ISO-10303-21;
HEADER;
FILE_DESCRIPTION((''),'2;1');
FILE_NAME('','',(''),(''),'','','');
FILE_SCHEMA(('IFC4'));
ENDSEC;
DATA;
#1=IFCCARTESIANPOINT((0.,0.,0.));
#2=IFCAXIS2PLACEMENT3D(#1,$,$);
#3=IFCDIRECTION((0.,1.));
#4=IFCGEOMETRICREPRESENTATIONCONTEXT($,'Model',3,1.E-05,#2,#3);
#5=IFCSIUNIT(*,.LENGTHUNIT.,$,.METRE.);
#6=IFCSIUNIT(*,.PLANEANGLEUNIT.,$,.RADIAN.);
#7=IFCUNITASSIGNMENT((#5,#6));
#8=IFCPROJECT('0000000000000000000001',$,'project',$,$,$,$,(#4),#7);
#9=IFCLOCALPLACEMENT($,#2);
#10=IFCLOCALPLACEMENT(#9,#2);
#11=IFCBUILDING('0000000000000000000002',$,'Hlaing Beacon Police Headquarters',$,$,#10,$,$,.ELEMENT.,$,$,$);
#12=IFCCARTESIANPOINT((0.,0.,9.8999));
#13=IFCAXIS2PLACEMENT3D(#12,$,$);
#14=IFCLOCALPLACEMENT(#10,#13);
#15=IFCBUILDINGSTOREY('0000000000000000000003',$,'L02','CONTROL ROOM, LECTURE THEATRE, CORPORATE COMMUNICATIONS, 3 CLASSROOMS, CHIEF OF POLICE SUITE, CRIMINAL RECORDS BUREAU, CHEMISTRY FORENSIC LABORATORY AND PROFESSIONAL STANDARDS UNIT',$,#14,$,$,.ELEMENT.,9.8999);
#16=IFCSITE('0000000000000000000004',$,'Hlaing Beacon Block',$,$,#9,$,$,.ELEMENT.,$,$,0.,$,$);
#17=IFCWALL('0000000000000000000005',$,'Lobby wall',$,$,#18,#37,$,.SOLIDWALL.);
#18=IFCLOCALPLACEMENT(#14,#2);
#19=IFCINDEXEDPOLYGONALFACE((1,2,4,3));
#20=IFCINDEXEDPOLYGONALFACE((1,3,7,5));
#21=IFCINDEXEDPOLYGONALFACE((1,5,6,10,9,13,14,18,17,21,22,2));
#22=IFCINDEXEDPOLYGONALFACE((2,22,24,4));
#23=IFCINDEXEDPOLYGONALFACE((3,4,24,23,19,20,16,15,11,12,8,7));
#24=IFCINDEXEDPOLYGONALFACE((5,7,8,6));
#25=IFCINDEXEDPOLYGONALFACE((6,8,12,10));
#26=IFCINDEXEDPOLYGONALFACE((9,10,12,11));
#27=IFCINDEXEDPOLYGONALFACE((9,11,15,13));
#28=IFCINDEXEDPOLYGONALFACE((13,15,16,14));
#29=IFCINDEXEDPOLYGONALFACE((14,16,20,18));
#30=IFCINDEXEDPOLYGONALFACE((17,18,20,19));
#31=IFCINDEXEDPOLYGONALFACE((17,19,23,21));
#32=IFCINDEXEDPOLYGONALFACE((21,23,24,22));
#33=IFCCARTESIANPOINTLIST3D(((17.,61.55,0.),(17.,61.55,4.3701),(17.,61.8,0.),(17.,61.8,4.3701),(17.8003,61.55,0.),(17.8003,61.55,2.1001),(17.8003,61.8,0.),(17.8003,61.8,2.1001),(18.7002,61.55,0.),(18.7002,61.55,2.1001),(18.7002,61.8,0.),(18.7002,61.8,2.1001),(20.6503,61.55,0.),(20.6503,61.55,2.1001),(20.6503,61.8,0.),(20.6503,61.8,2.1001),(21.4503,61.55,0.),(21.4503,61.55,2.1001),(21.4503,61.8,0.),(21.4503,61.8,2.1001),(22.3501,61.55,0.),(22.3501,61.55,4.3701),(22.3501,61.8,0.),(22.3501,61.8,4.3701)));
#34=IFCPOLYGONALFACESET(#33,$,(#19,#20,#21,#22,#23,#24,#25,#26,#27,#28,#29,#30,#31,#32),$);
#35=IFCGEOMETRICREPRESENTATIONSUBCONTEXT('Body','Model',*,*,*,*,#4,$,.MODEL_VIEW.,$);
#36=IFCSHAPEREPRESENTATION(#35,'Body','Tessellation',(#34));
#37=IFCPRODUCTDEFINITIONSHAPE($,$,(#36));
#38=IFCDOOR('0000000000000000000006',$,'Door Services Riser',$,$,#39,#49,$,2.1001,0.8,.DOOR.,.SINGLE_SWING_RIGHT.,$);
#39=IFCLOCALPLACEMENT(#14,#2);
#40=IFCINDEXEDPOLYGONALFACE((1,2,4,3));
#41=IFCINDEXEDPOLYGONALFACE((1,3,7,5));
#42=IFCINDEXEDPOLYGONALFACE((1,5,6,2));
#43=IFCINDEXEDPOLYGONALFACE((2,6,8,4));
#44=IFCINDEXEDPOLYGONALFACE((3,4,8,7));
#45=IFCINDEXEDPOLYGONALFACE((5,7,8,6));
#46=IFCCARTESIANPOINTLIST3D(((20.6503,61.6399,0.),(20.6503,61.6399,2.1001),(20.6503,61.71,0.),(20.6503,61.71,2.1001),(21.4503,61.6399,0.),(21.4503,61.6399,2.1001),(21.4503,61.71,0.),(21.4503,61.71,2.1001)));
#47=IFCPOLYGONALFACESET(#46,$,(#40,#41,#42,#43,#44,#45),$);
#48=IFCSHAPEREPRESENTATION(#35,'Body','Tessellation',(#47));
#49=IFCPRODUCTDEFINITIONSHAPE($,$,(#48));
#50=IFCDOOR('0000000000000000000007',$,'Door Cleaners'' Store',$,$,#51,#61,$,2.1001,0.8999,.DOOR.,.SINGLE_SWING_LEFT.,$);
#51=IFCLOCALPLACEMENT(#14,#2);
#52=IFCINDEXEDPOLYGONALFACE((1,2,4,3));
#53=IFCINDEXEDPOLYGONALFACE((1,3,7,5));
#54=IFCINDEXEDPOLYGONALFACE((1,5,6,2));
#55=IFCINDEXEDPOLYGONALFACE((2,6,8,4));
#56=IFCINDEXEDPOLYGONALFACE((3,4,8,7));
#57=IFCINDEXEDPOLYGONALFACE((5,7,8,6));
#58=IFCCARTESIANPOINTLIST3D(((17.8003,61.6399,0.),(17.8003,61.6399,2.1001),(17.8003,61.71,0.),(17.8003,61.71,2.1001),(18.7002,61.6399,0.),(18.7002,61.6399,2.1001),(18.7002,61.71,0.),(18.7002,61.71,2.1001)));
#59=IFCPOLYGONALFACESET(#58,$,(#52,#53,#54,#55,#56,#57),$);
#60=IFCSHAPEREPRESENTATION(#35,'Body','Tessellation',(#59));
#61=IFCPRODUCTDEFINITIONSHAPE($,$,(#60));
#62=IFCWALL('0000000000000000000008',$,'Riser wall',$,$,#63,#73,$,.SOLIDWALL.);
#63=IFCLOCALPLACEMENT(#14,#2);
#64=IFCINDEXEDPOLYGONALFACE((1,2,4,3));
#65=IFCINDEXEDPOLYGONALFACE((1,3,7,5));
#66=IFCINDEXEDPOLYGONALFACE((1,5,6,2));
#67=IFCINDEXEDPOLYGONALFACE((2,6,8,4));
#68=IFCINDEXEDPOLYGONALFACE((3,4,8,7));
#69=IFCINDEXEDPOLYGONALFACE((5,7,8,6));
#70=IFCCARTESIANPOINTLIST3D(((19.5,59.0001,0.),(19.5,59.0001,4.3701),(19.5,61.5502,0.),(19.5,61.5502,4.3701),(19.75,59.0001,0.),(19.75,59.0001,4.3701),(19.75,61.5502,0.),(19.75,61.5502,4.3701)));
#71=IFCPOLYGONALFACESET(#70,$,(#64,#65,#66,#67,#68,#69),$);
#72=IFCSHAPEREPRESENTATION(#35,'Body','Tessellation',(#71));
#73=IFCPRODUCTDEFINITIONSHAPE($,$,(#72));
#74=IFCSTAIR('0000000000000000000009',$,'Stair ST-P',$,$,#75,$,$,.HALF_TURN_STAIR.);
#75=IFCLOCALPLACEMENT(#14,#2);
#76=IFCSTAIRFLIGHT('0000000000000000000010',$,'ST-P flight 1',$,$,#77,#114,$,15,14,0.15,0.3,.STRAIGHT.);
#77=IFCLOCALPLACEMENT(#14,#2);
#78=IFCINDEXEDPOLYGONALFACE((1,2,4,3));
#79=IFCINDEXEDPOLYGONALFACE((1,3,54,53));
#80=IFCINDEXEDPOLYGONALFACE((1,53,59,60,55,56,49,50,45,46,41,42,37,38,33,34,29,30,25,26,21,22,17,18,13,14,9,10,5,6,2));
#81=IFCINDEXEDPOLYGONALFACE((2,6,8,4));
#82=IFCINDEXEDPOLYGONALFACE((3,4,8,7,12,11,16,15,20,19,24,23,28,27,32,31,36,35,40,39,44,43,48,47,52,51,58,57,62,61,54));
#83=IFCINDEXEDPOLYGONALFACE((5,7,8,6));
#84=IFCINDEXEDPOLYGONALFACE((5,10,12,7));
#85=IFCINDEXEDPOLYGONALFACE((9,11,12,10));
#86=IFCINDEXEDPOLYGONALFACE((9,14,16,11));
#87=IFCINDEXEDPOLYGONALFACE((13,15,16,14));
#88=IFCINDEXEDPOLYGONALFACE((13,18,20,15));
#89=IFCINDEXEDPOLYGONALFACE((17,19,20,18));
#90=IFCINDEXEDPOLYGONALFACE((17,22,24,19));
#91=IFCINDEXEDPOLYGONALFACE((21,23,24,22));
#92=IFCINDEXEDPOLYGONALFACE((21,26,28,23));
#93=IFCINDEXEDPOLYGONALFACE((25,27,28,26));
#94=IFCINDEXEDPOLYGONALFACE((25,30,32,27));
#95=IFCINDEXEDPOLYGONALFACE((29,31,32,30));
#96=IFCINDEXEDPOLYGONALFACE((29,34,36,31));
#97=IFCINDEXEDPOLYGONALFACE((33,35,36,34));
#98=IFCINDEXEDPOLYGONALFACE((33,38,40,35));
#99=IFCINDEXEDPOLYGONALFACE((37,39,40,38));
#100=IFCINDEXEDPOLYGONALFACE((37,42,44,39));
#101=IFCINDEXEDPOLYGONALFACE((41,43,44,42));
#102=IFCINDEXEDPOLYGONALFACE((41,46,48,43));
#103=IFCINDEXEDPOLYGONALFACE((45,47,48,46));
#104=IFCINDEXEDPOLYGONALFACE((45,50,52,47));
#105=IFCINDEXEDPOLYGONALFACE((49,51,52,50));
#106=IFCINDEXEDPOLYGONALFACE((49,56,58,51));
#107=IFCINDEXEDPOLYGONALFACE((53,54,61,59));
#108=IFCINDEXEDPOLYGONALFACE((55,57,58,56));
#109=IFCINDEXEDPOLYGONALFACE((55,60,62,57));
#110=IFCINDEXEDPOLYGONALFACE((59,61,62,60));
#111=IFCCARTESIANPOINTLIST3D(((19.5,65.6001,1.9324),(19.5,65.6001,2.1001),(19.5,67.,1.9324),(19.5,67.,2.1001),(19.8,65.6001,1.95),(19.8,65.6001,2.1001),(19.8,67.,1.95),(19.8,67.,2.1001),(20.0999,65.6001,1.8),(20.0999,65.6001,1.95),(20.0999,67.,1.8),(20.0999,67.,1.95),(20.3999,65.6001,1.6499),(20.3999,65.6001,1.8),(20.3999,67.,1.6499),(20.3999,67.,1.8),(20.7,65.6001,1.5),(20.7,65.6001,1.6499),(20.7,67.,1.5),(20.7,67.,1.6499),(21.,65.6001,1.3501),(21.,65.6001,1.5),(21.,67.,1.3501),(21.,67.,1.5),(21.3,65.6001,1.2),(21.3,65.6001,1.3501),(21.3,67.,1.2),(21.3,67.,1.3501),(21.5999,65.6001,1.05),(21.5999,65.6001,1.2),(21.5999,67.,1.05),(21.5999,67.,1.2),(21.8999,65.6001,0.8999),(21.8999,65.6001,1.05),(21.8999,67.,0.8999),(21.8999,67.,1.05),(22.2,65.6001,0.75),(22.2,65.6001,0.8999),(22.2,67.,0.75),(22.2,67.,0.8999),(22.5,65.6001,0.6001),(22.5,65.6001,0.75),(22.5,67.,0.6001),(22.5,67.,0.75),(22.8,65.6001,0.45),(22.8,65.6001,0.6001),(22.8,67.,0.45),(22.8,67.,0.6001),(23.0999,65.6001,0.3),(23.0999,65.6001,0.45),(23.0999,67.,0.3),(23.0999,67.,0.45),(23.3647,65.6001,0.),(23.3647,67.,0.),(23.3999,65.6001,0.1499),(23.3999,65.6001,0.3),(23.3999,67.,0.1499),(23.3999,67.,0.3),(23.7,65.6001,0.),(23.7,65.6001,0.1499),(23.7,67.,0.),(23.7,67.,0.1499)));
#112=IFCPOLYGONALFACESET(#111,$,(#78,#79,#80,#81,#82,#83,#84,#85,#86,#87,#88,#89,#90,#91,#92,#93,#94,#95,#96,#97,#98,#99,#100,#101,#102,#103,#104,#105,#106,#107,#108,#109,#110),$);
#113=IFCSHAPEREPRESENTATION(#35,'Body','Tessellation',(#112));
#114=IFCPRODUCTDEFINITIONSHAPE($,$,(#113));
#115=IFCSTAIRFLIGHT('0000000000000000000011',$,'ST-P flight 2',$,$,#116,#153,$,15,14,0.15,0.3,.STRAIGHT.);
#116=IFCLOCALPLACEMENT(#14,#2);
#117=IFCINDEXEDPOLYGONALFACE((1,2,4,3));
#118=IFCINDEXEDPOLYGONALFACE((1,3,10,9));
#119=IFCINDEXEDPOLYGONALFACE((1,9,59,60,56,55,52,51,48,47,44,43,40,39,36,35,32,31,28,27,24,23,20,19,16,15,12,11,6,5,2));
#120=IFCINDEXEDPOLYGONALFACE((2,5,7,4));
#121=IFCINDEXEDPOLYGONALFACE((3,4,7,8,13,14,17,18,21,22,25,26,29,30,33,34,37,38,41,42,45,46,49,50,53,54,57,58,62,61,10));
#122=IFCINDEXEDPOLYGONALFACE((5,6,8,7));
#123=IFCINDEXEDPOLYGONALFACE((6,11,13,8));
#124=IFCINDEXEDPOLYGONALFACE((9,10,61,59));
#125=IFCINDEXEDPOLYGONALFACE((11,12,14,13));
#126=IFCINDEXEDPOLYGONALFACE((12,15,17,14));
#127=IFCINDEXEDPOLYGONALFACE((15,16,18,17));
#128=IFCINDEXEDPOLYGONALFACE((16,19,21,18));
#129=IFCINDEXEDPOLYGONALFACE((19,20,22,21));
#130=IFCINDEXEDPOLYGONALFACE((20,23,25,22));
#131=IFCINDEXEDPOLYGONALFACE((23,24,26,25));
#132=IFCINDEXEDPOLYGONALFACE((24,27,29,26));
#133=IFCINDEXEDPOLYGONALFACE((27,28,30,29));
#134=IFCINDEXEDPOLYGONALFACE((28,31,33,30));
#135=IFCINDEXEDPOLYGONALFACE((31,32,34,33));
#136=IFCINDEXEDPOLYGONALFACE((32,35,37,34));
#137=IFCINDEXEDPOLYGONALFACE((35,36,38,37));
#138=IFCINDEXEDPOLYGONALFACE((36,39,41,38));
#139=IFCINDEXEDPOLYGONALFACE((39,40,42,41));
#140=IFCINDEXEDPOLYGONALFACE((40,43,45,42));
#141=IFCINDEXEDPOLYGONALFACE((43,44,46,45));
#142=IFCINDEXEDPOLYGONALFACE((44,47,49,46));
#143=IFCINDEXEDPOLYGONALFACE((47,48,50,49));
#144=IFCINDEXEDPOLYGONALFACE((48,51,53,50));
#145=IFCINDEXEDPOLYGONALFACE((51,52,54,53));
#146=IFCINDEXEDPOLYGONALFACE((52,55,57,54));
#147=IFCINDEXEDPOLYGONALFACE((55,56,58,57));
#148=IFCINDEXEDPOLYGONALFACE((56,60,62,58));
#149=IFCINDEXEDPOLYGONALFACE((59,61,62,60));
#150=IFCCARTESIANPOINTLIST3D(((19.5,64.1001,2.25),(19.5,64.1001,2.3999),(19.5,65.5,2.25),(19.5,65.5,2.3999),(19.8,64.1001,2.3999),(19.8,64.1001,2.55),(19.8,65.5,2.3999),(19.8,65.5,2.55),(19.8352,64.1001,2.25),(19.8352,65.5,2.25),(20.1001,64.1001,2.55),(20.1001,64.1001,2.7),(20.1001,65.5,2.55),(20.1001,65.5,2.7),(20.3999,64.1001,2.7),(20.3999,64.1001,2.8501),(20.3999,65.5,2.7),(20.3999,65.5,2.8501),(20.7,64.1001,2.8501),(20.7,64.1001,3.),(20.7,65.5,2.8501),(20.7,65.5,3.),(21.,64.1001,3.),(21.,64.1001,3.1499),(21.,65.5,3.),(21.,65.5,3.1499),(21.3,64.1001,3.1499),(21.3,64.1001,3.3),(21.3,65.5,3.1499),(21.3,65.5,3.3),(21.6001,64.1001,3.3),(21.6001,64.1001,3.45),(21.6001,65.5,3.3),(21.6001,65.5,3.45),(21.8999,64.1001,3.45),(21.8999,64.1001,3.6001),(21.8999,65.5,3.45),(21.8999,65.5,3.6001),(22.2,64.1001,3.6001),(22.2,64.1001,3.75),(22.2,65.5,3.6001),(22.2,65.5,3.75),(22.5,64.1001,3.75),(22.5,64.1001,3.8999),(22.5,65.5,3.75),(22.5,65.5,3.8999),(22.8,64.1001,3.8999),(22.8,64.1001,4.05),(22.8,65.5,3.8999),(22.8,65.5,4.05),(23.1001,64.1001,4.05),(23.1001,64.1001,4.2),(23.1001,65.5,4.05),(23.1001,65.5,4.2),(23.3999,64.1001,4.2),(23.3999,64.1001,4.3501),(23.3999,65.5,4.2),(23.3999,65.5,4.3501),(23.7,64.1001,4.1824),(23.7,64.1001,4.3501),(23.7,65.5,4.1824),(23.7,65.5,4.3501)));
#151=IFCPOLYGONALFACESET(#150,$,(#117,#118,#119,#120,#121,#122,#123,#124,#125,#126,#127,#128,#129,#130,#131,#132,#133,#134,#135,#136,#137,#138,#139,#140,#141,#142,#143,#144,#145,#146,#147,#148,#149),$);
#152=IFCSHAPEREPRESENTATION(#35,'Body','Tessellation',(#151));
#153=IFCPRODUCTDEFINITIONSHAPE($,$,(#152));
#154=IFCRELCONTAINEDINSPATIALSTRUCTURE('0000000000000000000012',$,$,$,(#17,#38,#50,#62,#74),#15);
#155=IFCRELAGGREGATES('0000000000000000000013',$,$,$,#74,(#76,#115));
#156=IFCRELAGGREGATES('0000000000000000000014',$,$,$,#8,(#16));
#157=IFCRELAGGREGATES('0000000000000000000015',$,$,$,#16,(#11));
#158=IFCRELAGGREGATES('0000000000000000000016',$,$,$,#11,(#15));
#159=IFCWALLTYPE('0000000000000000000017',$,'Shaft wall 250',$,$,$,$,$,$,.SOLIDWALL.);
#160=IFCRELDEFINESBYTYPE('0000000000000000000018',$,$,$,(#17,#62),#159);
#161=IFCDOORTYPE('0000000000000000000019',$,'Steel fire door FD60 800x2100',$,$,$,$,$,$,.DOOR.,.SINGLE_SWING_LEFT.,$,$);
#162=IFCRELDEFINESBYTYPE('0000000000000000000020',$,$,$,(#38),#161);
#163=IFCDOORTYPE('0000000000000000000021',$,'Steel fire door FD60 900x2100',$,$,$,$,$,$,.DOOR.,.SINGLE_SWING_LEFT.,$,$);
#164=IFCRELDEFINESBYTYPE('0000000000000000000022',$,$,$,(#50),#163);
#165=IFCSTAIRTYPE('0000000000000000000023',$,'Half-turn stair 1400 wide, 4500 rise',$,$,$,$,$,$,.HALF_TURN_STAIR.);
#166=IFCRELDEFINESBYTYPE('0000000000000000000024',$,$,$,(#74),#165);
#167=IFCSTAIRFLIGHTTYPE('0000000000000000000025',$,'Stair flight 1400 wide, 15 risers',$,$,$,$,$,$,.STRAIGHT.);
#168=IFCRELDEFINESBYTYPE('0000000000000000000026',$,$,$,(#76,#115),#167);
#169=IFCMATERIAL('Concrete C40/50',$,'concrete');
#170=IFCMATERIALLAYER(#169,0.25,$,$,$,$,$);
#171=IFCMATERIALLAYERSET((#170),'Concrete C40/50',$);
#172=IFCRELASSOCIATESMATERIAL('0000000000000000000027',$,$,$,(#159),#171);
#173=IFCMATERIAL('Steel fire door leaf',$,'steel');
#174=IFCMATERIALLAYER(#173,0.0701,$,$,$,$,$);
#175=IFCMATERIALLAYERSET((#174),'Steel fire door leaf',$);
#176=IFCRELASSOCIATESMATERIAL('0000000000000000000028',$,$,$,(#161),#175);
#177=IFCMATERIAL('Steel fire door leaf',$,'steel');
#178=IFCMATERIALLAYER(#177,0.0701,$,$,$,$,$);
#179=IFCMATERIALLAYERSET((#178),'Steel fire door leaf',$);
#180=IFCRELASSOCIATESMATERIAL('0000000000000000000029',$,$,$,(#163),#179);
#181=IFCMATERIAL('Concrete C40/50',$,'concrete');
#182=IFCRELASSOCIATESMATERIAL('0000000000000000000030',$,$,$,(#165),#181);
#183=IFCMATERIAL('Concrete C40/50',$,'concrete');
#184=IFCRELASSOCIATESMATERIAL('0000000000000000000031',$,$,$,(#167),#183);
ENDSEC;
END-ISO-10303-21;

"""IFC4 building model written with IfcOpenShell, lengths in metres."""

from ifc_helpers import new_model, si_unit, direction, frame, frame_2d, origin, place, context, subcontext, project, spatial, polyline, rectangle, outline, extrude, material, layer, layer_set, type_object, element, fill, aggregate, save


model = new_model("IFC4")

# Units and contexts
model_context = context("Model", 3, precision=1e-05, world=origin(), true_north=direction((0.0, 1.0)))
body_context = subcontext(model_context, "Body", "Model", "MODEL_VIEW")
ifc_project = project(units=[si_unit("LENGTHUNIT", "METRE"), si_unit("PLANEANGLEUNIT", "RADIAN")], contexts=[model_context])

# Site, building, storey
site_placement = place(None, origin())
site = spatial("IfcSite", under=ifc_project, at=site_placement, Name="Hlaing Beacon Block", CompositionType="ELEMENT", RefElevation=0.0)
building_placement = place(site_placement, origin())
building = spatial("IfcBuilding", under=site, at=building_placement, Name="Hlaing Beacon Police Headquarters", CompositionType="ELEMENT")
storey_placement = place(building_placement, frame((0.0, 0.0, 9.8999)))
storey = spatial("IfcBuildingStorey", under=building, at=storey_placement, Name="L02", Description="CONTROL ROOM, LECTURE THEATRE, CORPORATE COMMUNICATIONS, 3 CLASSROOMS, CHIEF OF POLICE SUITE, CRIMINAL RECORDS BUREAU, CHEMISTRY FORENSIC LABORATORY AND PROFESSIONAL STANDARDS UNIT", CompositionType="ELEMENT", Elevation=9.8999)

# Shared definitions
ifc_material_1 = material(Name="Concrete C40/50", Category="concrete")
ifc_layer_1 = layer(ifc_material_1, 0.25)
ifc_layer_set_1 = layer_set([ifc_layer_1], Name="Concrete C40/50")
wall_type_1 = type_object("IfcWallType", Name="Shaft wall 250", PredefinedType="SOLIDWALL", material=ifc_layer_set_1)

# Wall, openings, doors
wall_1_placement = place(storey_placement, frame((22.3501, 61.675, 0.0), z_axis=(0.0, 0.0, 1.0), x_axis=(-1.0, 0.0, 0.0)))
wall_1 = element("IfcWall", 1, at=wall_1_placement, inside=storey, type_object=wall_type_1, Name="Lobby wall", PredefinedType="SOLIDWALL", context=body_context, shape_type="SweptSolid", body=[
    extrude(rectangle(XDim=5.3501, YDim=0.25, at=frame_2d((2.675, 0.0))), origin(), (0.0, 0.0, 1.0), 4.3701),
])
opening_1_placement = place(wall_1_placement, frame((3.6499, 0.0, 0.0)))
opening_1 = element("IfcOpeningElement", 2, at=opening_1_placement, cuts=wall_1, PredefinedType="OPENING", context=body_context, shape_type="SweptSolid", body=[
    extrude(rectangle(XDim=0.8999, YDim=2.1001, at=frame_2d((0.45, 1.05))), frame((0.0, 0.135, 0.0), z_axis=(0.0, -1.0, 0.0), x_axis=(1.0, 0.0, 0.0)), (0.0, 0.0, 1.0), 0.27),
])
opening_2_placement = place(wall_1_placement, frame((0.8999, 0.0, 0.0)))
opening_2 = element("IfcOpeningElement", 3, at=opening_2_placement, cuts=wall_1, PredefinedType="OPENING", context=body_context, shape_type="SweptSolid", body=[
    extrude(rectangle(XDim=0.8, YDim=2.1001, at=frame_2d((0.3999, 1.05))), frame((0.0, 0.135, 0.0), z_axis=(0.0, -1.0, 0.0), x_axis=(1.0, 0.0, 0.0)), (0.0, 0.0, 1.0), 0.27),
])
ifc_material_2 = material(Name="Steel fire door leaf", Category="steel")
ifc_layer_2 = layer(ifc_material_2, 0.0701)
ifc_layer_set_2 = layer_set([ifc_layer_2], Name="Steel fire door leaf")
door_type_1 = type_object("IfcDoorType", Name="Steel fire door FD60 800x2100", OperationType="SINGLE_SWING_LEFT", PredefinedType="DOOR", material=ifc_layer_set_2)
door_1_placement = place(opening_2_placement, origin())
door_1 = element("IfcDoor", 4, at=door_1_placement, inside=storey, type_object=door_type_1, Name="Door Services Riser", OperationType="SINGLE_SWING_RIGHT", OverallHeight=2.1001, OverallWidth=0.8, PredefinedType="DOOR", context=body_context, shape_type="SweptSolid", body=[
    extrude(rectangle(XDim=0.8, YDim=2.1001, at=frame_2d((0.3999, 1.05))), frame((0.0, 0.0352, 0.0), z_axis=(0.0, -1.0, 0.0), x_axis=(1.0, 0.0, 0.0)), (0.0, 0.0, 1.0), 0.0701),
])
fill(opening_2, door_1)
ifc_material_3 = material(Name="Steel fire door leaf", Category="steel")
ifc_layer_3 = layer(ifc_material_3, 0.0701)
ifc_layer_set_3 = layer_set([ifc_layer_3], Name="Steel fire door leaf")
door_type_2 = type_object("IfcDoorType", Name="Steel fire door FD60 900x2100", OperationType="SINGLE_SWING_LEFT", PredefinedType="DOOR", material=ifc_layer_set_3)
door_2_placement = place(opening_1_placement, origin())
door_2 = element("IfcDoor", 5, at=door_2_placement, inside=storey, type_object=door_type_2, Name="Door Cleaners' Store", OperationType="SINGLE_SWING_LEFT", OverallHeight=2.1001, OverallWidth=0.8999, PredefinedType="DOOR", context=body_context, shape_type="SweptSolid", body=[
    extrude(rectangle(XDim=0.8999, YDim=2.1001, at=frame_2d((0.45, 1.05))), frame((0.0, 0.0352, 0.0), z_axis=(0.0, -1.0, 0.0), x_axis=(1.0, 0.0, 0.0)), (0.0, 0.0, 1.0), 0.0701),
])
fill(opening_1, door_2)

# Wall
wall_2_placement = place(storey_placement, frame((19.625, 61.55, 0.0), z_axis=(0.0, 0.0, 1.0), x_axis=(0.0, -1.0, 0.0)))
element("IfcWall", 6, at=wall_2_placement, inside=storey, type_object=wall_type_1, Name="Riser wall", PredefinedType="SOLIDWALL", context=body_context, shape_type="SweptSolid", body=[
    extrude(rectangle(XDim=2.55, YDim=0.25, at=frame_2d((1.2749, 0.0))), origin(), (0.0, 0.0, 1.0), 4.3701),
])

# Stair, stair flights
ifc_material_4 = material(Name="Concrete C40/50", Category="concrete")
stair_type = type_object("IfcStairType", Name="Half-turn stair 1400 wide, 4500 rise", PredefinedType="HALF_TURN_STAIR", material=ifc_material_4)
stair_placement = place(storey_placement, origin())
stair = element("IfcStair", 7, at=stair_placement, inside=storey, type_object=stair_type, Name="Stair ST-P", PredefinedType="HALF_TURN_STAIR")
ifc_material_5 = material(Name="Concrete C40/50", Category="concrete")
stair_flight_type = type_object("IfcStairFlightType", Name="Stair flight 1400 wide, 15 risers", PredefinedType="STRAIGHT", material=ifc_material_5)
stair_flight_1_placement = place(storey_placement, frame((23.7, 66.3, 0.0), z_axis=(0.0, 0.0, 1.0), x_axis=(-1.0, 0.0, 0.0)))
stair_flight_1 = element("IfcStairFlight", 8, at=stair_flight_1_placement, type_object=stair_flight_type, Name="ST-P flight 1", NumberOfRisers=15, NumberOfTreads=14, PredefinedType="STRAIGHT", RiserHeight=0.15, TreadLength=0.3, context=body_context, shape_type="SweptSolid", body=[
    extrude(outline(polyline([(0.0, 0.0), (0.0, 0.1499), (0.3, 0.1499), (0.3, 0.3), (0.6001, 0.3), (0.6001, 0.45), (0.8999, 0.45), (0.8999, 0.6001), (1.2, 0.6001), (1.2, 0.75), (1.5, 0.75), (1.5, 0.8999), (1.8, 0.8999), (1.8, 1.05), (2.1001, 1.05), (2.1001, 1.2), (2.3999, 1.2), (2.3999, 1.3501), (2.7, 1.3501), (2.7, 1.5), (3.0, 1.5), (3.0, 1.6499), (3.3, 1.6499), (3.3, 1.8), (3.6001, 1.8), (3.6001, 1.95), (3.8999, 1.95), (3.8999, 2.1001), (4.2, 2.1001), (4.2, 2.25), (4.2, 1.9324), (0.3352, 0.0), (0.0, 0.0)])), frame((0.0, 0.7, 0.0), z_axis=(0.0, -1.0, 0.0), x_axis=(1.0, 0.0, 0.0)), (0.0, 0.0, 1.0), 1.3999),
])
stair_flight_2_placement = place(storey_placement, frame((19.5, 64.8, 2.25), z_axis=(0.0, 0.0, 1.0), x_axis=(1.0, 0.0, 0.0)))
stair_flight_2 = element("IfcStairFlight", 9, at=stair_flight_2_placement, type_object=stair_flight_type, Name="ST-P flight 2", NumberOfRisers=15, NumberOfTreads=14, PredefinedType="STRAIGHT", RiserHeight=0.15, TreadLength=0.3, context=body_context, shape_type="SweptSolid", body=[
    extrude(outline(polyline([(0.0, 0.0), (0.0, 0.1499), (0.3, 0.1499), (0.3, 0.3), (0.6001, 0.3), (0.6001, 0.45), (0.8999, 0.45), (0.8999, 0.6001), (1.2, 0.6001), (1.2, 0.75), (1.5, 0.75), (1.5, 0.8999), (1.8, 0.8999), (1.8, 1.05), (2.1001, 1.05), (2.1001, 1.2), (2.3999, 1.2), (2.3999, 1.3501), (2.7, 1.3501), (2.7, 1.5), (3.0, 1.5), (3.0, 1.6499), (3.3, 1.6499), (3.3, 1.8), (3.6001, 1.8), (3.6001, 1.95), (3.8999, 1.95), (3.8999, 2.1001), (4.2, 2.1001), (4.2, 2.25), (4.2, 1.9324), (0.3352, 0.0), (0.0, 0.0)])), frame((0.0, 0.7, 0.0), z_axis=(0.0, -1.0, 0.0), x_axis=(1.0, 0.0, 0.0)), (0.0, 0.0, 1.0), 1.3999),
])
aggregate(stair, [stair_flight_1, stair_flight_2])

save(model, "model.ifc")
